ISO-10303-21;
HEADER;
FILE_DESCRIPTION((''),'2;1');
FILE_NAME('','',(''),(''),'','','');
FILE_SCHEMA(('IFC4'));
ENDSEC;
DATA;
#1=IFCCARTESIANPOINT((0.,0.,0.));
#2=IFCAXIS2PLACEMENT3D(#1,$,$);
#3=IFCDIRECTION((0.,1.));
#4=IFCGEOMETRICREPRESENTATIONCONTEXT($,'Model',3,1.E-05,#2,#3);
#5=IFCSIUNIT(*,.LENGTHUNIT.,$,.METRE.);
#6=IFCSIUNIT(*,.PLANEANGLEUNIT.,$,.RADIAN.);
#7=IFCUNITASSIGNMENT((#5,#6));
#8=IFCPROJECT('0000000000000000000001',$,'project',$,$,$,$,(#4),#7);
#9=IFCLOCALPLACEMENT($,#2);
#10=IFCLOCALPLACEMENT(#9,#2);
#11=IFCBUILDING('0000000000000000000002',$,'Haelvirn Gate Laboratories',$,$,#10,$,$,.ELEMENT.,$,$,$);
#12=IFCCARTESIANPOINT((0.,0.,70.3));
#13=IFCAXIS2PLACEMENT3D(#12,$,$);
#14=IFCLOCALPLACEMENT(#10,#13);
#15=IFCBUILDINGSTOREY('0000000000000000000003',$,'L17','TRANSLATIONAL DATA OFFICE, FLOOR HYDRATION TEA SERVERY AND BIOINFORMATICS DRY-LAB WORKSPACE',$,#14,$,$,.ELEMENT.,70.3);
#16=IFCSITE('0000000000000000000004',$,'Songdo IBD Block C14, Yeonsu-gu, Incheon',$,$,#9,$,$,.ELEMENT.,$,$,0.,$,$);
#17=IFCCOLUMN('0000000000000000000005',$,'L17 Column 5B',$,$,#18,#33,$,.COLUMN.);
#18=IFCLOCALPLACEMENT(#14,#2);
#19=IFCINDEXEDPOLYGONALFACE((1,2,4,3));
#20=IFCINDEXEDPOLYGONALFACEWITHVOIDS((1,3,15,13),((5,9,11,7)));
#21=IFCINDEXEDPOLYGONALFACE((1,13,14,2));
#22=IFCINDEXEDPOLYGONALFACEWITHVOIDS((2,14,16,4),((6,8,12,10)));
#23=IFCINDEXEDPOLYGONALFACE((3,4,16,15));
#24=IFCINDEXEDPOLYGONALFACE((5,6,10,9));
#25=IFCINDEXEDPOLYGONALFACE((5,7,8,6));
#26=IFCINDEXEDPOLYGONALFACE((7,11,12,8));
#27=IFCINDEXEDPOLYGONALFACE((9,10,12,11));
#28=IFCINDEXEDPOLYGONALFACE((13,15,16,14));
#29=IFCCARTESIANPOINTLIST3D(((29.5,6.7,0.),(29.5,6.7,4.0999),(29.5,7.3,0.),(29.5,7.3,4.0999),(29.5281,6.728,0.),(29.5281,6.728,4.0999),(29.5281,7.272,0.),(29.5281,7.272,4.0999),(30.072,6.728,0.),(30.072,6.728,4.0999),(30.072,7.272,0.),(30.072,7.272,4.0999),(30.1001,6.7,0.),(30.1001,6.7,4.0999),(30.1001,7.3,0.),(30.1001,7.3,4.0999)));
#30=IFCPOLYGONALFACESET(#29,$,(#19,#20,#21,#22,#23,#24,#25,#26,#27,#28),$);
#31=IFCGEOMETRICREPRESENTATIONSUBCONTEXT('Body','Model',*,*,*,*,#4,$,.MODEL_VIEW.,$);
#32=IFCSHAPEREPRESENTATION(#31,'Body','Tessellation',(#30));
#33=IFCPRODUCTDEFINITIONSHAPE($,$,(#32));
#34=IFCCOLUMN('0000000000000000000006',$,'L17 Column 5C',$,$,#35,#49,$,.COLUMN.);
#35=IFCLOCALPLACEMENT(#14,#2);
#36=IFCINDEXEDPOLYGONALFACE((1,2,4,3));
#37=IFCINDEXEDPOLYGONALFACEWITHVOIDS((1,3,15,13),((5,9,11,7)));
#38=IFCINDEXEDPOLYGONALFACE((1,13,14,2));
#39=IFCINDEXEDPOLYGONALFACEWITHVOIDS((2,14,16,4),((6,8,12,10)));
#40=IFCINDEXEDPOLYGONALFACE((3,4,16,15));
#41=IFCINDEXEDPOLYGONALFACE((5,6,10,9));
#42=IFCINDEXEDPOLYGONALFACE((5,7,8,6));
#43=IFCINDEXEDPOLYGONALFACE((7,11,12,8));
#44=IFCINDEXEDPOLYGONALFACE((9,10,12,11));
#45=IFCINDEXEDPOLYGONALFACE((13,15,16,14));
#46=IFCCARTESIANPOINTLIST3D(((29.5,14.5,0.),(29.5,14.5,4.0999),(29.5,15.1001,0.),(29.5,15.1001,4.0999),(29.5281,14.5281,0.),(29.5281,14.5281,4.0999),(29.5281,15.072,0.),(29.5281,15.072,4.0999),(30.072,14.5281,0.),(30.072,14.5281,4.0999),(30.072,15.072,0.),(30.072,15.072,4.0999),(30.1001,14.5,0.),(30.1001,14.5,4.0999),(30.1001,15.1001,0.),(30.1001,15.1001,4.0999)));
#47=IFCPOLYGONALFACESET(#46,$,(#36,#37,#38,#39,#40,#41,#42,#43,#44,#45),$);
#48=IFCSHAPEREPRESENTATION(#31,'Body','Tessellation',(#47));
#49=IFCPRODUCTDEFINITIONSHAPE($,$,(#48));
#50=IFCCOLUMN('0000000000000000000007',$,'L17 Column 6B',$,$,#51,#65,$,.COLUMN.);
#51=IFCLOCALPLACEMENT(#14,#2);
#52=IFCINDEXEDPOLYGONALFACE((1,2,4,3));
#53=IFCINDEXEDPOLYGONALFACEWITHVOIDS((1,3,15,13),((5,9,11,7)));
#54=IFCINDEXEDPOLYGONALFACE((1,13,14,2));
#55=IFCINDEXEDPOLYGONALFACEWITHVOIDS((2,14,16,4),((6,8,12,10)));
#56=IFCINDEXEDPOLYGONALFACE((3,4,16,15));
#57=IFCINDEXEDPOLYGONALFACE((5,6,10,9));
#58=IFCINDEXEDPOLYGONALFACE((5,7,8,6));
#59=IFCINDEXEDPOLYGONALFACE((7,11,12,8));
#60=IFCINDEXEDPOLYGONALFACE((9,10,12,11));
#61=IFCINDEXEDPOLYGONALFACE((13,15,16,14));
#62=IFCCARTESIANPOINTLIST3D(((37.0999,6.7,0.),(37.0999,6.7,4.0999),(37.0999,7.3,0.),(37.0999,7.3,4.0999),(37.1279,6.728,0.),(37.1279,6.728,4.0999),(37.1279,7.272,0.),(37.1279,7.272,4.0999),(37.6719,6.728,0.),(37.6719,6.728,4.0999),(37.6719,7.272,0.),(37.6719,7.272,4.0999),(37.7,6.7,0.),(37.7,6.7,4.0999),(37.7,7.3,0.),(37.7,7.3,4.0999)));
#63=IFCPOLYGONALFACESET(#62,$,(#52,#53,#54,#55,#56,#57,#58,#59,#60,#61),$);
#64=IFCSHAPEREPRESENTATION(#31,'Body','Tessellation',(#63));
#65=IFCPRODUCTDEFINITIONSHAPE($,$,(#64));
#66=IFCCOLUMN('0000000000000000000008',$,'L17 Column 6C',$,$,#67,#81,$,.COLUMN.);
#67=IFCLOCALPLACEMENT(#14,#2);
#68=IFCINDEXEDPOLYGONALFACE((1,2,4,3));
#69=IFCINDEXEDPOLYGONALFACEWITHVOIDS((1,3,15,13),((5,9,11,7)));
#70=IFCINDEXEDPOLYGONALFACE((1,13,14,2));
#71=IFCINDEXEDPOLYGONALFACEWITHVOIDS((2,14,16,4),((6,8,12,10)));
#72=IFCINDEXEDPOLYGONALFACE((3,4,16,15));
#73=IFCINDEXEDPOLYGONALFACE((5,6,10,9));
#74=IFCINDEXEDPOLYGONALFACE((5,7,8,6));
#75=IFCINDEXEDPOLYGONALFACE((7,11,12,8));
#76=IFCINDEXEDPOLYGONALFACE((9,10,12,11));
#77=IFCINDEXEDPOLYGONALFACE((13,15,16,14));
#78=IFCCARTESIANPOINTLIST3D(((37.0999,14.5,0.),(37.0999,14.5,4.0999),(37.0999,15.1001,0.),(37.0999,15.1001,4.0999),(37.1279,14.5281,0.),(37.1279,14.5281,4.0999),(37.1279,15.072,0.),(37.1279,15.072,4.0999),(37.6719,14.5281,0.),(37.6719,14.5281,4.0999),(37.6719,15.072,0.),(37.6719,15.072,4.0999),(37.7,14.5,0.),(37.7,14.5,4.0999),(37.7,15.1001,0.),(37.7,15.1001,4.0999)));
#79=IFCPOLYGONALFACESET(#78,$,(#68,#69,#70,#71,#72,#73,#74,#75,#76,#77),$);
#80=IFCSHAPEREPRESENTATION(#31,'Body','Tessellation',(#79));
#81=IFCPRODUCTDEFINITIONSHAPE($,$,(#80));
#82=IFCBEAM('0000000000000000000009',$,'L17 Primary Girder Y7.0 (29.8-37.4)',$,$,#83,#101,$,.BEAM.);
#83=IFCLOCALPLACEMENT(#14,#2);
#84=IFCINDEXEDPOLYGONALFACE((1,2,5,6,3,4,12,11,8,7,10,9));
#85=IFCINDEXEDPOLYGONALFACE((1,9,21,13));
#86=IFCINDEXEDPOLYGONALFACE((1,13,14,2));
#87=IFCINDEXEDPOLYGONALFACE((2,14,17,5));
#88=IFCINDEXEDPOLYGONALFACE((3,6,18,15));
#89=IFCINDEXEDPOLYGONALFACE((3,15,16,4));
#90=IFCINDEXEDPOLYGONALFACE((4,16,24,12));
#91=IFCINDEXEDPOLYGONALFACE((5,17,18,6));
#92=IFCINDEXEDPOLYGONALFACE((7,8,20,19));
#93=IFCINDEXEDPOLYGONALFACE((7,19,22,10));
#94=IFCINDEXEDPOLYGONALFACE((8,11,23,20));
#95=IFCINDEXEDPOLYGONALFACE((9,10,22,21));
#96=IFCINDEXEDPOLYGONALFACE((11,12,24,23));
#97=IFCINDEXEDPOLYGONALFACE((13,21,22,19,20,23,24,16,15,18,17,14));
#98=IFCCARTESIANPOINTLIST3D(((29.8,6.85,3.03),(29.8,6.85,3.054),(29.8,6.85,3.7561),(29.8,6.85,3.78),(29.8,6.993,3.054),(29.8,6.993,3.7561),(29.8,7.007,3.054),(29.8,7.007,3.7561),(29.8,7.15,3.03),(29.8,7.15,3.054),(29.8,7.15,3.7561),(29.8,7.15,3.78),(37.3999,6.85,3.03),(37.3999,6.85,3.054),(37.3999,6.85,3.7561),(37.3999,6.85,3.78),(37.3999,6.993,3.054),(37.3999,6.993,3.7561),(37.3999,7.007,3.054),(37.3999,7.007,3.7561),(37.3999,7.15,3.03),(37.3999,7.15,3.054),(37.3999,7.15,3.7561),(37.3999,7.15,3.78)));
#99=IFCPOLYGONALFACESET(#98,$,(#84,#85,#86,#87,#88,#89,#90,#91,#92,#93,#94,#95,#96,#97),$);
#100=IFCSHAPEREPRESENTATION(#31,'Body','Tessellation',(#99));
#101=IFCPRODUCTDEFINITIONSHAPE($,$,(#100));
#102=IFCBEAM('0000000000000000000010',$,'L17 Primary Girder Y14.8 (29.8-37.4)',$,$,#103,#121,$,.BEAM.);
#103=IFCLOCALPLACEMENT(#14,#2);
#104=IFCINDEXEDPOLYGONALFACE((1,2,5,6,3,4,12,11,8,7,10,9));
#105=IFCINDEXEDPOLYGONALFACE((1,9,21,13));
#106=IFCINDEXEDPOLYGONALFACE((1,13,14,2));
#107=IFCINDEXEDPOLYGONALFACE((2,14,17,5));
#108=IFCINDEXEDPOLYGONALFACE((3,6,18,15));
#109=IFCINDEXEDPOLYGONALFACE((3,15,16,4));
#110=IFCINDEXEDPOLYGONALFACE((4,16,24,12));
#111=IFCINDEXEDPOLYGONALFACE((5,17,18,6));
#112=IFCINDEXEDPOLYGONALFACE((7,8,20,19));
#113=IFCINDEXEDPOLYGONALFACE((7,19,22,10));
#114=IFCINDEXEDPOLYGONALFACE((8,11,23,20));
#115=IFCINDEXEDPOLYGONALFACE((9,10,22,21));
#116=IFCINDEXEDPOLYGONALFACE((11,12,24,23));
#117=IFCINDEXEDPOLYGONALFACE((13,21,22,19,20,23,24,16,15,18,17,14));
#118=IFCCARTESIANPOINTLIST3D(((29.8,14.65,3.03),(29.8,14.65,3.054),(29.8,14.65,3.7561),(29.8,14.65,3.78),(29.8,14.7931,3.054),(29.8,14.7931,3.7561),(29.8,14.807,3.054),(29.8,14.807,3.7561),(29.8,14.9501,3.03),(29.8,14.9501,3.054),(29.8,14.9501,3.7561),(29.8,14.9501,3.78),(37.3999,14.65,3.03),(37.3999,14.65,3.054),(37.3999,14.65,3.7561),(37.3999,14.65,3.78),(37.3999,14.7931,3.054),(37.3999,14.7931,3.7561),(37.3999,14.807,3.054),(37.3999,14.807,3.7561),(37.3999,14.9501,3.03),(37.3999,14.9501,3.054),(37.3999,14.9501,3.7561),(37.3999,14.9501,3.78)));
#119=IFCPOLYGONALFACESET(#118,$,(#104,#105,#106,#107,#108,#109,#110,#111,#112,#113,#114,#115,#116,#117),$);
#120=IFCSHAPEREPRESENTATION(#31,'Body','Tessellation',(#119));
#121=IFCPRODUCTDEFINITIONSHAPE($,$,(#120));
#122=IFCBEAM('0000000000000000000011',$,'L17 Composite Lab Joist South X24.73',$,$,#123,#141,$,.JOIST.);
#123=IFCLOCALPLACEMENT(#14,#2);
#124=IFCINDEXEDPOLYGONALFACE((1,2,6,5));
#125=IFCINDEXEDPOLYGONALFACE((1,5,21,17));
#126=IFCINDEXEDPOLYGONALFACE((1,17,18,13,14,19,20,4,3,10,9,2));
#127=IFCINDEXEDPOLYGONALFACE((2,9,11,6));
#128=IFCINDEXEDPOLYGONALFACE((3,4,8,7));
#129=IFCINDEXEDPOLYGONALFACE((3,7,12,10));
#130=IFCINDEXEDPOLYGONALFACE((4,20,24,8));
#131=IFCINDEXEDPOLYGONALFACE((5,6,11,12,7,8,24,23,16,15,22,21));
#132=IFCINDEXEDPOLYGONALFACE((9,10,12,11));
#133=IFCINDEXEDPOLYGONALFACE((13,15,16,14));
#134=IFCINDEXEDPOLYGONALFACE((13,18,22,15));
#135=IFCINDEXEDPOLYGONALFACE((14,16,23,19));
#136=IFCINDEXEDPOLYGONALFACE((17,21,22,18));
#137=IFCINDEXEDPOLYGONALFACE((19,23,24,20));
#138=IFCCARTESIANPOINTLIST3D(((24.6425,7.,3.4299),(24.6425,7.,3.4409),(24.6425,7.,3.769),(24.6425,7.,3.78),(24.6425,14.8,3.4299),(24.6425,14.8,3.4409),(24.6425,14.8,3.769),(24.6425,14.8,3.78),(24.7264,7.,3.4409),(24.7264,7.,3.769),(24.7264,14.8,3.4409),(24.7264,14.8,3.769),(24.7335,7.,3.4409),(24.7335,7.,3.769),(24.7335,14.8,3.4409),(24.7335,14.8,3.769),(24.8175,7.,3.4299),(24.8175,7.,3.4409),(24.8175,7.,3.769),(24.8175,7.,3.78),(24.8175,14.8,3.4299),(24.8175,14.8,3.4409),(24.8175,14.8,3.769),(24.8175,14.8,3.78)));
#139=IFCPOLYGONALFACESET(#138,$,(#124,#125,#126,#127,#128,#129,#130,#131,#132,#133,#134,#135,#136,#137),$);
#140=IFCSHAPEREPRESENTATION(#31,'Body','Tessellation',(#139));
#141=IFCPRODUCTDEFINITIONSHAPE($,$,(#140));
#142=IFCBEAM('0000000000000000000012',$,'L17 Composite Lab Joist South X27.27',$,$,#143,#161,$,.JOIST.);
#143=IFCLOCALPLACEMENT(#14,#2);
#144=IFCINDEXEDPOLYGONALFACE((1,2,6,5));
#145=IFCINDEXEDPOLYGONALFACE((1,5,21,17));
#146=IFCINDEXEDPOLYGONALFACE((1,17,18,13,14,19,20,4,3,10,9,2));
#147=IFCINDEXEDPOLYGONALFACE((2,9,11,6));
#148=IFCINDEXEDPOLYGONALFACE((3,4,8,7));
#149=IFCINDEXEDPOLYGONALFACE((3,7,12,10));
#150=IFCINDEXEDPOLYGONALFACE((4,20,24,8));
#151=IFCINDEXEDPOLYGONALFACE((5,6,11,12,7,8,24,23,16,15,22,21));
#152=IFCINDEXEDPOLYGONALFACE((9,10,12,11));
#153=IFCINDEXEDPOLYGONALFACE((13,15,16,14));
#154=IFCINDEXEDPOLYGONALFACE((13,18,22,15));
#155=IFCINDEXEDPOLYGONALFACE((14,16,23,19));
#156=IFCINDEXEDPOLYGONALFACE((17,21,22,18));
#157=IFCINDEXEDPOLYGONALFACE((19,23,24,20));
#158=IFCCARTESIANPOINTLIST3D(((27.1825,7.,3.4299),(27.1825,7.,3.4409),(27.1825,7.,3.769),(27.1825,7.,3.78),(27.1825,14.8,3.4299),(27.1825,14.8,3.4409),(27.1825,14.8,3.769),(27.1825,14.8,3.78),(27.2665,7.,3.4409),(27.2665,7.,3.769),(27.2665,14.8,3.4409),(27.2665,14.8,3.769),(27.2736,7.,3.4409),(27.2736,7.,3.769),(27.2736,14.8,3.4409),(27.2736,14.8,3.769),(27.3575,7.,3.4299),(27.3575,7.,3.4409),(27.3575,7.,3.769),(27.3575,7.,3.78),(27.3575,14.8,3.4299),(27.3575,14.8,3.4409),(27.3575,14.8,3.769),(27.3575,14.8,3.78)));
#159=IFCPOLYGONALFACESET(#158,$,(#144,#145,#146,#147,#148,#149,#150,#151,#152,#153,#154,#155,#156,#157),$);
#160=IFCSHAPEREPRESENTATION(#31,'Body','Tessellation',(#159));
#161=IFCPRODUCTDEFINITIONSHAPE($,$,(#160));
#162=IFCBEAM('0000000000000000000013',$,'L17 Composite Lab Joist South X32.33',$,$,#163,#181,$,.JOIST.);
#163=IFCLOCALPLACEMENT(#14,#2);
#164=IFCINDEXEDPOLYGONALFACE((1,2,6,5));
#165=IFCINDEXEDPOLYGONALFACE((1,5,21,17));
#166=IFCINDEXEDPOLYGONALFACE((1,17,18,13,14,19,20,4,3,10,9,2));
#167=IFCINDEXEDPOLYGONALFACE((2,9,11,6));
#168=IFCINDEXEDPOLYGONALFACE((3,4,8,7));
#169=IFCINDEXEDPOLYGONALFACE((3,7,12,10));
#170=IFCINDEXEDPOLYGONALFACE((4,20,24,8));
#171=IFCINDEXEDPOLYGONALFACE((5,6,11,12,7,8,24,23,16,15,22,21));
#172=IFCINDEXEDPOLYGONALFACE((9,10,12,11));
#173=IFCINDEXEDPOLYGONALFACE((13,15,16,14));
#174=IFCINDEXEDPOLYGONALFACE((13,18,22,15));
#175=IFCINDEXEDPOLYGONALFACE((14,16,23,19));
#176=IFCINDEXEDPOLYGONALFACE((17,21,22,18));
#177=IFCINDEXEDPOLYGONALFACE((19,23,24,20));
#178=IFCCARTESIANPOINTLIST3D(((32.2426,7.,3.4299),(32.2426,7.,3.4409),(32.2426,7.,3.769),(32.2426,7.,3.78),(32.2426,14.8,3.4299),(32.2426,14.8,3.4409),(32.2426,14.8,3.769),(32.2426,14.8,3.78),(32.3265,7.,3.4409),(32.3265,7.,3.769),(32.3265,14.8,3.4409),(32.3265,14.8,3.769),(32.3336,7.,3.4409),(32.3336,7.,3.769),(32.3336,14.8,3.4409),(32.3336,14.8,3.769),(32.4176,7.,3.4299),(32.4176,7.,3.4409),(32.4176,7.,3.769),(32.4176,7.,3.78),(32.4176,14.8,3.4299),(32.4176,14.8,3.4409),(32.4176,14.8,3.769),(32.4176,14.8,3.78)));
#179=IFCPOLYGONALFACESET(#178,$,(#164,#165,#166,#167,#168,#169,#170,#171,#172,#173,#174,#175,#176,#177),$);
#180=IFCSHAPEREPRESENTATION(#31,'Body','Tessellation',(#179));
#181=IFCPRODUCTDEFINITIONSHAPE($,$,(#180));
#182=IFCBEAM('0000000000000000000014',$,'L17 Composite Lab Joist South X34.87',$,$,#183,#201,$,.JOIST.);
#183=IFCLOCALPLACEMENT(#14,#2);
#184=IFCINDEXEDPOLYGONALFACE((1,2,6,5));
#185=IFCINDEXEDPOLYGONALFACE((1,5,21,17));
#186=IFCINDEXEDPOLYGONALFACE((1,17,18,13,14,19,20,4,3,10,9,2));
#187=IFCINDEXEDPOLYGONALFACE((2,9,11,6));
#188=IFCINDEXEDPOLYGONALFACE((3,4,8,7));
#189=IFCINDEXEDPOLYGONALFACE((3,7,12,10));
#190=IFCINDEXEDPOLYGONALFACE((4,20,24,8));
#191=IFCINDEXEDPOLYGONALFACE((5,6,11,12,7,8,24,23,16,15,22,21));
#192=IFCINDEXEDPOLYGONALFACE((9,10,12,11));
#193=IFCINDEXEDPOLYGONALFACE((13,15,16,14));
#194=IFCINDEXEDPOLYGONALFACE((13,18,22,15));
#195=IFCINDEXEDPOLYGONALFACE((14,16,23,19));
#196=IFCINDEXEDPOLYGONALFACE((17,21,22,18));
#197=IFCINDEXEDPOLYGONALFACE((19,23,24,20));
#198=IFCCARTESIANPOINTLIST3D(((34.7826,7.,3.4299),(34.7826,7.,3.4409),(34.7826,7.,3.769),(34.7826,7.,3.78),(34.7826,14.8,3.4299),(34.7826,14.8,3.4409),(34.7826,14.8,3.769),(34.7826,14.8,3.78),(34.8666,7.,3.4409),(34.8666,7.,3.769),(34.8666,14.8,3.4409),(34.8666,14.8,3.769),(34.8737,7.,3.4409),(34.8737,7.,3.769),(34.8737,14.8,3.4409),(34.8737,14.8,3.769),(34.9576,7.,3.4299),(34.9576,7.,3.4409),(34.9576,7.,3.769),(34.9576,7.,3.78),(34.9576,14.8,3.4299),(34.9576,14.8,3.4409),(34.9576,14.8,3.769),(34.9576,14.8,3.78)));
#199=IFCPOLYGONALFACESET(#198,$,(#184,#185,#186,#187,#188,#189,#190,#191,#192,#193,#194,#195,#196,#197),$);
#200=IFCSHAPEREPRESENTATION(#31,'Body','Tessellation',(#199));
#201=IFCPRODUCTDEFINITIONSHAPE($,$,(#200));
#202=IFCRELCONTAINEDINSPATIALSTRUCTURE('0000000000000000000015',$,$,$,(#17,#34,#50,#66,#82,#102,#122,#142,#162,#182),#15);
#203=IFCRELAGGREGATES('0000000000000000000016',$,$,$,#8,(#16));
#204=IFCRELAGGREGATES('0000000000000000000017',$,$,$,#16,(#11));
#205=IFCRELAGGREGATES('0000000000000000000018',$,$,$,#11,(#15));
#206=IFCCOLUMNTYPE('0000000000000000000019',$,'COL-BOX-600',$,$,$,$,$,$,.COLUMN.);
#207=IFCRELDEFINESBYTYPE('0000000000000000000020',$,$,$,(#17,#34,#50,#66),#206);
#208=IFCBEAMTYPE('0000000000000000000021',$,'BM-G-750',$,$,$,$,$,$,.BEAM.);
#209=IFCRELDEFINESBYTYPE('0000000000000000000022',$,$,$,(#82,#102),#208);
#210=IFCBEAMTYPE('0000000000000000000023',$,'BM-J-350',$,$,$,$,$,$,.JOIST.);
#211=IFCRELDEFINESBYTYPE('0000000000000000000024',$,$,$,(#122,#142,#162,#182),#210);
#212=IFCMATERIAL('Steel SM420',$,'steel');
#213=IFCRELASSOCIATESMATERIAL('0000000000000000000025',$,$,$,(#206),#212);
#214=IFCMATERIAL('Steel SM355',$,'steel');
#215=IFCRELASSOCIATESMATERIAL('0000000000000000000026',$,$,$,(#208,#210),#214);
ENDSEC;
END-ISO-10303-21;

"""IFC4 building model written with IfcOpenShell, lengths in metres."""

from ifc_helpers import new_model, si_unit, direction, frame, origin, origin_2d, place, context, subcontext, project, spatial, hollow_rectangle, i_section, extrude, source, transform, mapped, material, material_profile, profile_set, type_object, type_shapes, element, save


model = new_model("IFC4")

# Units and contexts
model_context = context("Model", 3, precision=1e-05, world=origin(), true_north=direction((0.0, 1.0)))
body_context = subcontext(model_context, "Body", "Model", "MODEL_VIEW")
ifc_project = project(units=[si_unit("LENGTHUNIT", "METRE"), si_unit("PLANEANGLEUNIT", "RADIAN")], contexts=[model_context])

# Site, building, storey
site_placement = place(None, origin())
site = spatial("IfcSite", under=ifc_project, at=site_placement, Name="Songdo IBD Block C14, Yeonsu-gu, Incheon", CompositionType="ELEMENT", RefElevation=0.0)
building_placement = place(site_placement, origin())
building = spatial("IfcBuilding", under=site, at=building_placement, Name="Haelvirn Gate Laboratories", CompositionType="ELEMENT")
storey_placement = place(building_placement, frame((0.0, 0.0, 70.3)))
storey = spatial("IfcBuildingStorey", under=building, at=storey_placement, Name="L17", Description="TRANSLATIONAL DATA OFFICE, FLOOR HYDRATION TEA SERVERY AND BIOINFORMATICS DRY-LAB WORKSPACE", CompositionType="ELEMENT", Elevation=70.3)

# Columns
ifc_material_1 = material(Name="Steel SM420", Category="steel")
ifc_material_profile_1 = material_profile(ifc_material_1, hollow_rectangle(XDim=0.6001, YDim=0.6001, WallThickness=0.0281, at=origin_2d()), Name="BOX-600x600x28")
ifc_profile_set_1 = profile_set([ifc_material_profile_1], Name="Steel SM420")
column_type = type_object("IfcColumnType", Name="COL-BOX-600", PredefinedType="COLUMN", material=ifc_profile_set_1)
shared_shape_1 = source(origin(), body_context, "Body", "SweptSolid", [
    extrude(hollow_rectangle(XDim=0.6001, YDim=0.6001, WallThickness=0.0281, at=origin_2d()), origin(), (0.0, 0.0, 1.0), 4.0999),
])
type_shapes(column_type, [shared_shape_1])
for number, where, z_axis, x_axis, name in (
    (1, (29.8, 7.0, 0.0), (0.0, 0.0, 1.0), (1.0, 0.0, 0.0), "L17 Column 5B"),
    (2, (29.8, 14.8, 0.0), (0.0, 0.0, 1.0), (1.0, 0.0, 0.0), "L17 Column 5C"),
    (3, (37.3999, 7.0, 0.0), (0.0, 0.0, 1.0), (1.0, 0.0, 0.0), "L17 Column 6B"),
    (4, (37.3999, 14.8, 0.0), (0.0, 0.0, 1.0), (1.0, 0.0, 0.0), "L17 Column 6C"),
):
    element("IfcColumn", number, at=place(storey_placement, frame(where, z_axis=z_axis, x_axis=x_axis)), inside=storey, type_object=column_type, Name=name, PredefinedType="COLUMN", context=body_context, shape_type="MappedRepresentation", body=[
        mapped(shared_shape_1, transform((0.0, 0.0, 0.0), scale=1.0)),
    ])

# Beams
ifc_material_2 = material(Name="Steel SM355", Category="steel")
ifc_material_profile_2 = material_profile(ifc_material_2, i_section(OverallWidth=0.3, OverallDepth=0.75, WebThickness=0.0139, FlangeThickness=0.0239, at=origin_2d()), Name="H-750x300x14x24")
ifc_profile_set_2 = profile_set([ifc_material_profile_2], Name="Steel SM355")
beam_type_1 = type_object("IfcBeamType", Name="BM-G-750", PredefinedType="BEAM", material=ifc_profile_set_2)
shared_shape_2 = source(origin(), body_context, "Body", "SweptSolid", [
    extrude(i_section(OverallWidth=0.3, OverallDepth=0.75, WebThickness=0.0139, FlangeThickness=0.0239, at=origin_2d()), origin(), (0.0, 0.0, 1.0), 7.5999),
])
type_shapes(beam_type_1, [shared_shape_2])
for number, where, z_axis, x_axis, name in (
    (5, (29.8, 7.0, 3.405), (1.0, 0.0, 0.0), (0.0, 1.0, 0.0), "L17 Primary Girder Y7.0 (29.8-37.4)"),
    (6, (29.8, 14.8, 3.405), (1.0, 0.0, 0.0), (0.0, 1.0, 0.0), "L17 Primary Girder Y14.8 (29.8-37.4)"),
):
    element("IfcBeam", number, at=place(storey_placement, frame(where, z_axis=z_axis, x_axis=x_axis)), inside=storey, type_object=beam_type_1, Name=name, PredefinedType="BEAM", context=body_context, shape_type="MappedRepresentation", body=[
        mapped(shared_shape_2, transform((0.0, 0.0, 0.0), scale=1.0)),
    ])
ifc_material_profile_3 = material_profile(ifc_material_2, i_section(OverallWidth=0.175, OverallDepth=0.3501, WebThickness=0.0071, FlangeThickness=0.011, at=origin_2d()), Name="H-350x175x7x11")
ifc_profile_set_3 = profile_set([ifc_material_profile_3], Name="Steel SM355")
beam_type_2 = type_object("IfcBeamType", Name="BM-J-350", PredefinedType="JOIST", material=ifc_profile_set_3)
shared_shape_3 = source(origin(), body_context, "Body", "SweptSolid", [
    extrude(i_section(OverallWidth=0.175, OverallDepth=0.3501, WebThickness=0.0071, FlangeThickness=0.011, at=origin_2d()), origin(), (0.0, 0.0, 1.0), 7.8),
])
type_shapes(beam_type_2, [shared_shape_3])
for number, where, z_axis, x_axis, name in (
    (7, (24.73, 7.0, 3.605), (0.0, 1.0, 0.0), (-1.0, 0.0, 0.0), "L17 Composite Lab Joist South X24.73"),
    (8, (27.27, 7.0, 3.605), (0.0, 1.0, 0.0), (-1.0, 0.0, 0.0), "L17 Composite Lab Joist South X27.27"),
    (9, (32.3301, 7.0, 3.605), (0.0, 1.0, 0.0), (-1.0, 0.0, 0.0), "L17 Composite Lab Joist South X32.33"),
    (10, (34.8701, 7.0, 3.605), (0.0, 1.0, 0.0), (-1.0, 0.0, 0.0), "L17 Composite Lab Joist South X34.87"),
):
    element("IfcBeam", number, at=place(storey_placement, frame(where, z_axis=z_axis, x_axis=x_axis)), inside=storey, type_object=beam_type_2, Name=name, PredefinedType="JOIST", context=body_context, shape_type="MappedRepresentation", body=[
        mapped(shared_shape_3, transform((0.0, 0.0, 0.0), scale=1.0)),
    ])

save(model, "model.ifc")
